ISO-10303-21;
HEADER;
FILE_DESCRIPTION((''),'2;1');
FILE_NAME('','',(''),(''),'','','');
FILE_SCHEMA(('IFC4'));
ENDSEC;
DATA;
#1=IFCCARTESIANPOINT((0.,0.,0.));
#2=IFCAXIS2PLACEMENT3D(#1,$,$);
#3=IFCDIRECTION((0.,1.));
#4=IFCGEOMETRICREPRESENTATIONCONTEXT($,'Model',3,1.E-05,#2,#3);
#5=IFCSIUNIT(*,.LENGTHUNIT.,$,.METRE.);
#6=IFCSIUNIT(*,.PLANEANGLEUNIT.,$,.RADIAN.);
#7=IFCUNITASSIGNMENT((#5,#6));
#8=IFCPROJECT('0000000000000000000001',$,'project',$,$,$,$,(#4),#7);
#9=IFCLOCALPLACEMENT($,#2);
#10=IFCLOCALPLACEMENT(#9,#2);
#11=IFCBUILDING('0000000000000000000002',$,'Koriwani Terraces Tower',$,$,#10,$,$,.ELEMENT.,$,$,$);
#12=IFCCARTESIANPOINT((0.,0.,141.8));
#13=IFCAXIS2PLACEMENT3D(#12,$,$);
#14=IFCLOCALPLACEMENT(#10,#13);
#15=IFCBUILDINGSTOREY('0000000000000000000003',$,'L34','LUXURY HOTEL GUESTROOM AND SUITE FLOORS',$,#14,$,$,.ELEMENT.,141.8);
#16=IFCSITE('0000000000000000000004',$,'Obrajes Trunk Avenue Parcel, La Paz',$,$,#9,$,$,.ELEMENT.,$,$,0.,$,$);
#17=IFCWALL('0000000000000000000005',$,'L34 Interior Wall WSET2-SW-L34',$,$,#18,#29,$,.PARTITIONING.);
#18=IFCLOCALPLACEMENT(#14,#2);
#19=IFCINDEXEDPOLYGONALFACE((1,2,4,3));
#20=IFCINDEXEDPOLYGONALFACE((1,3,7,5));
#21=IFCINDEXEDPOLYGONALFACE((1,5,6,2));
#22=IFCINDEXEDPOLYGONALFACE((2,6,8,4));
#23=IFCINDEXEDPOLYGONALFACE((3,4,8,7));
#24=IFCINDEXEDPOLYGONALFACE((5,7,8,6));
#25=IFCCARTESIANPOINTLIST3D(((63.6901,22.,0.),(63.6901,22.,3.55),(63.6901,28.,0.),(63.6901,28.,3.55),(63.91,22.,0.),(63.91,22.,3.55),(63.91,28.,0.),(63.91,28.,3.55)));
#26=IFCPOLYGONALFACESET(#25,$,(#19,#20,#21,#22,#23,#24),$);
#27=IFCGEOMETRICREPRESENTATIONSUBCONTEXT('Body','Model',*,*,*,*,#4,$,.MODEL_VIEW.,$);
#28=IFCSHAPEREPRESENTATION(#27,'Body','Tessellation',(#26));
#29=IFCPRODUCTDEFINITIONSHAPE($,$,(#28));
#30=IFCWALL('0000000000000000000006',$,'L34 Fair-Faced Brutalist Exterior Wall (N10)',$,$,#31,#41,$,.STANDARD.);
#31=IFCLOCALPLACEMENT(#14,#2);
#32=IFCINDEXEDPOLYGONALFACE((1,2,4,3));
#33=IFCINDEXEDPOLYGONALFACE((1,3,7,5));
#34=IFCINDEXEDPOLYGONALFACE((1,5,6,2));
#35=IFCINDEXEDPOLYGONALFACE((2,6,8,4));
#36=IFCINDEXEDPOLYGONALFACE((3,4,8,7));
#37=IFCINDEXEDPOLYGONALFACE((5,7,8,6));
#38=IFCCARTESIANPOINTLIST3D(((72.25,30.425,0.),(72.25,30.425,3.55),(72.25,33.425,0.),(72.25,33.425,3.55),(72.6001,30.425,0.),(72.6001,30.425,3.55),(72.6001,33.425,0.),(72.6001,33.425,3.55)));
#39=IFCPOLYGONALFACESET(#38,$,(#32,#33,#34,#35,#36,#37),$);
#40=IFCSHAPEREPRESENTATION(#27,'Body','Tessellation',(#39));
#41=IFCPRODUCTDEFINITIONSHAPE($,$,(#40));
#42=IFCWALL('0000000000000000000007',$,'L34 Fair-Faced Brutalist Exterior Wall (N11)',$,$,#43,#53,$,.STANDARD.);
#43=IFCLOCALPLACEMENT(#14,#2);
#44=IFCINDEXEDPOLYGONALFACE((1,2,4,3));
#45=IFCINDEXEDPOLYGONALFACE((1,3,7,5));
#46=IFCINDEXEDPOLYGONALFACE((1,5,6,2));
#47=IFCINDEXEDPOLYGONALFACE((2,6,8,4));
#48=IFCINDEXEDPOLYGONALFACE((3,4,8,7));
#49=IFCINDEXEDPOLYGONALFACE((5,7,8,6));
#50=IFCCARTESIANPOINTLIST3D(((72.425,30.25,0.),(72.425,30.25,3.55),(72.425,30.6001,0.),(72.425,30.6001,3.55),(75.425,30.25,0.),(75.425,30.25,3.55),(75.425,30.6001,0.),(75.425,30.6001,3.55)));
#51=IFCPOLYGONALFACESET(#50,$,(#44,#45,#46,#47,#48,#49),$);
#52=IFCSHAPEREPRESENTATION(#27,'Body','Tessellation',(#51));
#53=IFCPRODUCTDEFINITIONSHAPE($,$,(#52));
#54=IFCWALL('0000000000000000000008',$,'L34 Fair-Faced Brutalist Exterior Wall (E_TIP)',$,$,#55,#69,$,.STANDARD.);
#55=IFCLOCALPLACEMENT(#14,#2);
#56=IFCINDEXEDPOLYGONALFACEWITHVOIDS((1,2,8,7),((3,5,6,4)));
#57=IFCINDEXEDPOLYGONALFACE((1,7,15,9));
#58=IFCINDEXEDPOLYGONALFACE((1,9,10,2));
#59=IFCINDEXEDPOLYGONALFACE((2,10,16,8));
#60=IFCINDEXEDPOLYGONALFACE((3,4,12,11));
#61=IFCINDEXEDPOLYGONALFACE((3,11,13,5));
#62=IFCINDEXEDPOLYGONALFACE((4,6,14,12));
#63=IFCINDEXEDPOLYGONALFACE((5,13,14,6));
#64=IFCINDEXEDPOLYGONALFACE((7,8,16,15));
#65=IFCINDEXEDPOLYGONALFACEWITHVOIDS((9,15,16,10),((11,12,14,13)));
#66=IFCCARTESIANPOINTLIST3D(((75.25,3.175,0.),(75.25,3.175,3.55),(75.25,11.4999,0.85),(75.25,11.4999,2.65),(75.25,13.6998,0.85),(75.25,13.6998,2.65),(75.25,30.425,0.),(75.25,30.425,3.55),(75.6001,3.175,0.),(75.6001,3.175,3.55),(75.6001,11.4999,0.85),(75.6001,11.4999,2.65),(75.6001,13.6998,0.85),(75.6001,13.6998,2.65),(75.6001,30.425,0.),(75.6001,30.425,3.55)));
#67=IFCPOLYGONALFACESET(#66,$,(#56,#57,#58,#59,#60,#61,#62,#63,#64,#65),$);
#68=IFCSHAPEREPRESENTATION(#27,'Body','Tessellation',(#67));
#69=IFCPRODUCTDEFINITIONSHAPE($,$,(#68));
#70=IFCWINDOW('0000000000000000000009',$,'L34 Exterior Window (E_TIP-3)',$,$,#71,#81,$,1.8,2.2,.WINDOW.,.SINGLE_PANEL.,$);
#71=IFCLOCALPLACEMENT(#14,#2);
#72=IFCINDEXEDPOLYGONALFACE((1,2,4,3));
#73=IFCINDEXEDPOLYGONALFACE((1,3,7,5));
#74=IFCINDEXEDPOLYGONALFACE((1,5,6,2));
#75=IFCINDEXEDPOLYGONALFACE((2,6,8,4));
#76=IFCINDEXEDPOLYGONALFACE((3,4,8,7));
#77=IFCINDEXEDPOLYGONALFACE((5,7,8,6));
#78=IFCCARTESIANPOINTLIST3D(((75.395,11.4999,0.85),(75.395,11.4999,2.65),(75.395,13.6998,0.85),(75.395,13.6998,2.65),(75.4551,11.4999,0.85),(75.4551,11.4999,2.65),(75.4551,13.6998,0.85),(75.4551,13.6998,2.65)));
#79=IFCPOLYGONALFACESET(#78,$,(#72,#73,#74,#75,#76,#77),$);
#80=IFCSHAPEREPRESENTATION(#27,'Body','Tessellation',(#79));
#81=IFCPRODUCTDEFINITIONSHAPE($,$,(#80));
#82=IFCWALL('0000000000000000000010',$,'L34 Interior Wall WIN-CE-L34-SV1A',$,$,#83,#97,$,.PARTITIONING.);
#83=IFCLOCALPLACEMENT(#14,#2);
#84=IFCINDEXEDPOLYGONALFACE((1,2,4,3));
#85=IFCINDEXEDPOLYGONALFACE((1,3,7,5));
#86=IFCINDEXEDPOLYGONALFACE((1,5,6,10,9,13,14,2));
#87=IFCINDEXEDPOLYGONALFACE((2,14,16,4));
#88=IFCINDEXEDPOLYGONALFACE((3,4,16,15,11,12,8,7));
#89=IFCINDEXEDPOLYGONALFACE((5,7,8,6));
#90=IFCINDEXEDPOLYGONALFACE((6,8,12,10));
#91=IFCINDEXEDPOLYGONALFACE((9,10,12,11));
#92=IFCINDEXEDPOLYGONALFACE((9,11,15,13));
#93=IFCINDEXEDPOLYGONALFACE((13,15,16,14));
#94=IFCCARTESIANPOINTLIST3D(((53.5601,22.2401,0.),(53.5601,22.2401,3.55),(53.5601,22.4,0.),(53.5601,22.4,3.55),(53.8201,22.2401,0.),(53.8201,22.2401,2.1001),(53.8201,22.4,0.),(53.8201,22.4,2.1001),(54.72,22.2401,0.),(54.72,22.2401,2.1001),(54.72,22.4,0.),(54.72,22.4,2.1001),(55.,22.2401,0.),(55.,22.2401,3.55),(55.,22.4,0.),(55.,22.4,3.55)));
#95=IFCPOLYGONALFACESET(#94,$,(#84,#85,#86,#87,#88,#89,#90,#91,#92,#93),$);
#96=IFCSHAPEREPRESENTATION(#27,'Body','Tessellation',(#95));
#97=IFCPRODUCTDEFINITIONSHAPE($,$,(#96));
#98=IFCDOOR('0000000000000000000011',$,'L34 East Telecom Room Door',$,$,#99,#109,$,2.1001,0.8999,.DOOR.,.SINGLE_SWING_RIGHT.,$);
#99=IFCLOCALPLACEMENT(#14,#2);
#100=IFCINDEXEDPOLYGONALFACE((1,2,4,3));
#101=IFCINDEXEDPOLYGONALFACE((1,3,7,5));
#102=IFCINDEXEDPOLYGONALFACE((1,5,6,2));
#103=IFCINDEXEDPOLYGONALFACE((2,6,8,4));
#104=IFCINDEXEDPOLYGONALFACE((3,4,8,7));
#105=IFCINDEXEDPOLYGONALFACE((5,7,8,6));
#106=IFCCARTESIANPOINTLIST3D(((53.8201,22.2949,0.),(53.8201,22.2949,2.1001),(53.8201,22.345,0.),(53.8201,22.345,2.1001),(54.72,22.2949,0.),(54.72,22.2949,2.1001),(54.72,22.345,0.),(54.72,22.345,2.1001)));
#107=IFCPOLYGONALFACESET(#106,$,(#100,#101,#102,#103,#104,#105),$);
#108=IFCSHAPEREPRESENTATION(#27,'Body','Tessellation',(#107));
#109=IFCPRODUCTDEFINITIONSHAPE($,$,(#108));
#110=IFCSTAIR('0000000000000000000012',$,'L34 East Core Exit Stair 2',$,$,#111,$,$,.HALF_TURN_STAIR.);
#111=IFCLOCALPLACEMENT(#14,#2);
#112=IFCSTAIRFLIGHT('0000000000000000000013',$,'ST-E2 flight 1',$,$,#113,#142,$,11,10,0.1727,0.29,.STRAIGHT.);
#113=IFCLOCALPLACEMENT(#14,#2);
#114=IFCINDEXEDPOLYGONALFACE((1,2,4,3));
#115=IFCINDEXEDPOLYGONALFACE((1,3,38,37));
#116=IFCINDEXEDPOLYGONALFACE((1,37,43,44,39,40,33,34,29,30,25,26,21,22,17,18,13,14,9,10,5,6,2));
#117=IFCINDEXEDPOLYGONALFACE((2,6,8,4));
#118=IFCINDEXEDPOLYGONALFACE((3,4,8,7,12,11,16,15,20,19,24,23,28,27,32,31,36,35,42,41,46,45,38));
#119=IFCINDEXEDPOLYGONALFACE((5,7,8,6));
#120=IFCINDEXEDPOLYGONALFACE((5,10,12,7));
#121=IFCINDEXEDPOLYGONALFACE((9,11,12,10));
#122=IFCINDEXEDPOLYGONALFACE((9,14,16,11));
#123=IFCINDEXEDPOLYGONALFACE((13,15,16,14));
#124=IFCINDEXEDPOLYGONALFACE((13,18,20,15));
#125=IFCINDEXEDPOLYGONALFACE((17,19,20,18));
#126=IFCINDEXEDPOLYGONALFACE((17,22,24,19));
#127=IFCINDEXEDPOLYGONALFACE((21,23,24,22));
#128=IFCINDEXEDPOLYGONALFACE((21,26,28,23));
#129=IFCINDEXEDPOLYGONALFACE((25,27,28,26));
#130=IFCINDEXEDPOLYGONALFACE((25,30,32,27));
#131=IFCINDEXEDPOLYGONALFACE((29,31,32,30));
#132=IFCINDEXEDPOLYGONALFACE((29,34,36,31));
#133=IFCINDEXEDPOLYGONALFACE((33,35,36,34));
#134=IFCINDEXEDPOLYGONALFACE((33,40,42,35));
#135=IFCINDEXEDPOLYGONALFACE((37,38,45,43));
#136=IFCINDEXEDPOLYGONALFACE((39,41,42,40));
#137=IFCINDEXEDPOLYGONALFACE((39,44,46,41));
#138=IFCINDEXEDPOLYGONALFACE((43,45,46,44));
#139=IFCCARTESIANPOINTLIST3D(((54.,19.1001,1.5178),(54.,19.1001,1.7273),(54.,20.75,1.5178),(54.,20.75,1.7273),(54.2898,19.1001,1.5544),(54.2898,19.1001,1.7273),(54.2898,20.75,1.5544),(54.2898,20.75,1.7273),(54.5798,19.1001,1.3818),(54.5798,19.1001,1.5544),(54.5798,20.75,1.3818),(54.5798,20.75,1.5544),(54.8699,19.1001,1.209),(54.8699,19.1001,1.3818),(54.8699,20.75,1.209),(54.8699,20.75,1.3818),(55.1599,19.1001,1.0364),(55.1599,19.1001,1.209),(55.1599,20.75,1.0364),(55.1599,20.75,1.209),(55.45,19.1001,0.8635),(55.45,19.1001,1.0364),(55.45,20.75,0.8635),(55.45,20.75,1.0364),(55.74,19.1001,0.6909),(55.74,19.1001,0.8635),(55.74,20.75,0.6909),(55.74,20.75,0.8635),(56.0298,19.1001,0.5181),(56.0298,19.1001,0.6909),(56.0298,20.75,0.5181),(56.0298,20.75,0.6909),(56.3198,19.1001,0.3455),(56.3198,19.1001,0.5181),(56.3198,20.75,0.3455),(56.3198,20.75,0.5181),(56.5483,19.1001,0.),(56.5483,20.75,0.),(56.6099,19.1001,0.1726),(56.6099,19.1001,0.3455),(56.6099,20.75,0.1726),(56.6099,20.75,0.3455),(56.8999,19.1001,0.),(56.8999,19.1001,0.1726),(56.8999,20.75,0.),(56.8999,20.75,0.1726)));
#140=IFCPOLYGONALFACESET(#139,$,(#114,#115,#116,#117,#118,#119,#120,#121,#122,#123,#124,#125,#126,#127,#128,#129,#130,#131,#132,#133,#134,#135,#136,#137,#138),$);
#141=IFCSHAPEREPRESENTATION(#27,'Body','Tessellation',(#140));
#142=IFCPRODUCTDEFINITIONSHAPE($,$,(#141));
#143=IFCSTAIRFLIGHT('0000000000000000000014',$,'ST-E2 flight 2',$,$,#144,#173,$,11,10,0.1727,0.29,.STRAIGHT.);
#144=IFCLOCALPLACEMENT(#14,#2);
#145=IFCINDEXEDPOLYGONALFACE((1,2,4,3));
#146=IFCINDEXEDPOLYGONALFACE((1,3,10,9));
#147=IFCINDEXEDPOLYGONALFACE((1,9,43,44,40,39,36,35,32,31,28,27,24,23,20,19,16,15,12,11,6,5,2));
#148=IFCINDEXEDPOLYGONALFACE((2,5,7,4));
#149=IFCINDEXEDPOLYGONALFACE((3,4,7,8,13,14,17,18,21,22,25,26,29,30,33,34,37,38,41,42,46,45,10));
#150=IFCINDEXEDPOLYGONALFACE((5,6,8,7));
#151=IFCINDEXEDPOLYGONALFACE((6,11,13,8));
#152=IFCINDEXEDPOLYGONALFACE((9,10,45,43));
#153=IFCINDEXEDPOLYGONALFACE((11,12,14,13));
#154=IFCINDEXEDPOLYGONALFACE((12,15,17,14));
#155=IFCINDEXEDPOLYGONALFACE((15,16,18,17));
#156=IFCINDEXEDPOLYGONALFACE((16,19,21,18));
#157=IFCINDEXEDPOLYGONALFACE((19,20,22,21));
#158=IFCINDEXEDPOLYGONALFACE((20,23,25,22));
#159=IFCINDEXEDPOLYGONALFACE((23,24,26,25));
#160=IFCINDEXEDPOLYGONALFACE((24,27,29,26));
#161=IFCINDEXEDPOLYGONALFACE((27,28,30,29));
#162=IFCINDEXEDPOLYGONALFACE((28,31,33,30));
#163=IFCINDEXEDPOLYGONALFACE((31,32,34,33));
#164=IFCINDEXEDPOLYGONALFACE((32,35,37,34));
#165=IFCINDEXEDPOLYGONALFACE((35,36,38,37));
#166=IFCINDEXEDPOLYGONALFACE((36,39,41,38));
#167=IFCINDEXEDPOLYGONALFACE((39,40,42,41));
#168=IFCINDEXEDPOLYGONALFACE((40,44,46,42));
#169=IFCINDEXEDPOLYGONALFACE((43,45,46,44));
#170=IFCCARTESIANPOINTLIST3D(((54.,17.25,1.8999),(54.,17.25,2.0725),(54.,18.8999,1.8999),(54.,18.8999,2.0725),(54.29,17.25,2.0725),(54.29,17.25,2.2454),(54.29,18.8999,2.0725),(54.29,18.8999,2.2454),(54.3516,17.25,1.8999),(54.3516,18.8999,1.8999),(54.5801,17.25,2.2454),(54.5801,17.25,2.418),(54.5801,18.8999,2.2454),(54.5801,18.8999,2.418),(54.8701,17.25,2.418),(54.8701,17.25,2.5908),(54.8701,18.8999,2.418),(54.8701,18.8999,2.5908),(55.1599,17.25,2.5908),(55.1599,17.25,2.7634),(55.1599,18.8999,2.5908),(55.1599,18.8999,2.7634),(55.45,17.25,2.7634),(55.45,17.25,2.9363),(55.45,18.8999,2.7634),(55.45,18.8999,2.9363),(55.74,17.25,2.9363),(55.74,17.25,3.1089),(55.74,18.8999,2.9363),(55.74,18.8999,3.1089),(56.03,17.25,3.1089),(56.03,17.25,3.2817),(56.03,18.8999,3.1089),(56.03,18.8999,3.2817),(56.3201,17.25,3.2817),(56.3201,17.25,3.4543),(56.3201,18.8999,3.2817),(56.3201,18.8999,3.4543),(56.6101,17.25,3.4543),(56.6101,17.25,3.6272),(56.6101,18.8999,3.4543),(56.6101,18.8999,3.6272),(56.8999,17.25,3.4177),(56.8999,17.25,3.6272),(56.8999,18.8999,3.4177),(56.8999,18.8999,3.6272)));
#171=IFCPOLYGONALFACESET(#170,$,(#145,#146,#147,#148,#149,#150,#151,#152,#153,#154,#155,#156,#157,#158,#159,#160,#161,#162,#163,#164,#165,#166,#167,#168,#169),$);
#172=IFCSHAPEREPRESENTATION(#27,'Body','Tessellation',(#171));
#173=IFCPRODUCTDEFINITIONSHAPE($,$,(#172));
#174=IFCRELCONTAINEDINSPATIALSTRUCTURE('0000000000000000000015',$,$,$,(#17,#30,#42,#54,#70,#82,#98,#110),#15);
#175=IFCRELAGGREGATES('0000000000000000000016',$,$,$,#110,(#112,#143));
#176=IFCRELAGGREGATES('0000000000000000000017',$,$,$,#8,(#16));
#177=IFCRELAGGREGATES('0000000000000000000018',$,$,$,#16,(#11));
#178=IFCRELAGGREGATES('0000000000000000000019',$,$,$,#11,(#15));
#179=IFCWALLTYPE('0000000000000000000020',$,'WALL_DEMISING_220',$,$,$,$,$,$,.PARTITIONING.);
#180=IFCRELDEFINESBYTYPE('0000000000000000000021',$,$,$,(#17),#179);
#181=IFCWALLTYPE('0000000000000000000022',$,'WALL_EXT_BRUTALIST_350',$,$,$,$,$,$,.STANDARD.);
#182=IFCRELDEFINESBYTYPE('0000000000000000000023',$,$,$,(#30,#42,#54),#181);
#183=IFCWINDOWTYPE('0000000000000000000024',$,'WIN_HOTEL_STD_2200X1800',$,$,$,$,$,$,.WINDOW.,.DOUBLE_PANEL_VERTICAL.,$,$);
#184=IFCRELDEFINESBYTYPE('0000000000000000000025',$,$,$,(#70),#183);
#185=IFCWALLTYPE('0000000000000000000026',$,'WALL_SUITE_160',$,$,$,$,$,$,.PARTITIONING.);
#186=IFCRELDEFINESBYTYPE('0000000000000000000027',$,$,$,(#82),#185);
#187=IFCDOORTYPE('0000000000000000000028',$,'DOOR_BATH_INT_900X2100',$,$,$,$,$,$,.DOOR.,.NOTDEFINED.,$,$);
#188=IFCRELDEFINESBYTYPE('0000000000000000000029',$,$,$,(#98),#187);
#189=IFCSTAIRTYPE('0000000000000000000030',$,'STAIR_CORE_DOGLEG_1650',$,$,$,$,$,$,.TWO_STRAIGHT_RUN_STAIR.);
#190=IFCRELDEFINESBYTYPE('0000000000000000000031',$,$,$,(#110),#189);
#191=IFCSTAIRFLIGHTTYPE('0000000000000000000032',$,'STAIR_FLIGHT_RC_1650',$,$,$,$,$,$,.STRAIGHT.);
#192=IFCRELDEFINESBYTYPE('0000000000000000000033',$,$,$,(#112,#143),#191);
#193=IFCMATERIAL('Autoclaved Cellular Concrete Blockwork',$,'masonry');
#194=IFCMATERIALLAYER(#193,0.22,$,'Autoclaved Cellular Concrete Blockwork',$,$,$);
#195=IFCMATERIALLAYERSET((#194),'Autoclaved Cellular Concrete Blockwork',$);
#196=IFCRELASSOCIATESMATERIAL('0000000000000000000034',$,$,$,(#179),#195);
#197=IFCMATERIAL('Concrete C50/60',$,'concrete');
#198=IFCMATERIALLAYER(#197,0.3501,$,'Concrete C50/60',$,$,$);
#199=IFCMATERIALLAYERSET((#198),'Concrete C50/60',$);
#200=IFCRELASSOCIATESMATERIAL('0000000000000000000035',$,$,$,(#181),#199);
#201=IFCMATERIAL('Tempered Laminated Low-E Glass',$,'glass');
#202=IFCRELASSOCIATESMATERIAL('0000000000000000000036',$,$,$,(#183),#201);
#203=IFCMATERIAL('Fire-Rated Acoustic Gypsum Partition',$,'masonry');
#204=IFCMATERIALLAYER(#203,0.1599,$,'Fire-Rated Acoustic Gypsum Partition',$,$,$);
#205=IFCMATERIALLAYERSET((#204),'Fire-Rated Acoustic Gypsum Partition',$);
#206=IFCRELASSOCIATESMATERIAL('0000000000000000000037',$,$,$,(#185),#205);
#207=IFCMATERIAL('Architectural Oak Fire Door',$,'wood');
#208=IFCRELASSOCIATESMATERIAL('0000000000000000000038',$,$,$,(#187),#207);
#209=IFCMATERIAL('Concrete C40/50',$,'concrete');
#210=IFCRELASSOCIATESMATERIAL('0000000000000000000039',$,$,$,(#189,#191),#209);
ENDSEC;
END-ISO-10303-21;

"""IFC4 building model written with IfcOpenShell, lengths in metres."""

from ifc_helpers import new_model, si_unit, direction, frame, frame_2d, origin, place, context, subcontext, project, spatial, polyline, rectangle, outline, extrude, material, layer, layer_set, type_object, element, fill, aggregate, save


model = new_model("IFC4")

# Units and contexts
model_context = context("Model", 3, precision=1e-05, world=origin(), true_north=direction((0.0, 1.0)))
body_context = subcontext(model_context, "Body", "Model", "MODEL_VIEW")
ifc_project = project(units=[si_unit("LENGTHUNIT", "METRE"), si_unit("PLANEANGLEUNIT", "RADIAN")], contexts=[model_context])

# Site, building, storey
site_placement = place(None, origin())
site = spatial("IfcSite", under=ifc_project, at=site_placement, Name="Obrajes Trunk Avenue Parcel, La Paz", CompositionType="ELEMENT", RefElevation=0.0)
building_placement = place(site_placement, origin())
building = spatial("IfcBuilding", under=site, at=building_placement, Name="Koriwani Terraces Tower", CompositionType="ELEMENT")
storey_placement = place(building_placement, frame((0.0, 0.0, 141.8)))
storey = spatial("IfcBuildingStorey", under=building, at=storey_placement, Name="L34", Description="LUXURY HOTEL GUESTROOM AND SUITE FLOORS", CompositionType="ELEMENT", Elevation=141.8)

# Shared definitions
ifc_material_1 = material(Name="Concrete C50/60", Category="concrete")

# Walls
ifc_material_2 = material(Name="Autoclaved Cellular Concrete Blockwork", Category="masonry")
ifc_layer_1 = layer(ifc_material_2, 0.22, Name="Autoclaved Cellular Concrete Blockwork")
ifc_layer_set_1 = layer_set([ifc_layer_1], Name="Autoclaved Cellular Concrete Blockwork")
wall_type_1 = type_object("IfcWallType", Name="WALL_DEMISING_220", PredefinedType="PARTITIONING", material=ifc_layer_set_1)
wall_1_placement = place(storey_placement, frame((63.8, 22.0, 0.0), z_axis=(0.0, 0.0, 1.0), x_axis=(0.0, 1.0, 0.0)))
element("IfcWall", 1, at=wall_1_placement, inside=storey, type_object=wall_type_1, Name="L34 Interior Wall WSET2-SW-L34", PredefinedType="PARTITIONING", context=body_context, shape_type="SweptSolid", body=[
    extrude(rectangle(XDim=6.0, YDim=0.22, at=frame_2d((3.0, 0.0))), origin(), (0.0, 0.0, 1.0), 3.55),
])
ifc_layer_2 = layer(ifc_material_1, 0.3501, Name="Concrete C50/60")
ifc_layer_set_2 = layer_set([ifc_layer_2], Name="Concrete C50/60")
wall_type_2 = type_object("IfcWallType", Name="WALL_EXT_BRUTALIST_350", PredefinedType="STANDARD", material=ifc_layer_set_2)
for number, where, z_axis, x_axis, name in (
    (2, (72.425, 33.425, 0.0), (0.0, 0.0, 1.0), (0.0, -1.0, 0.0), "L34 Fair-Faced Brutalist Exterior Wall (N10)"),
    (3, (72.425, 30.425, 0.0), (0.0, 0.0, 1.0), (1.0, 0.0, 0.0), "L34 Fair-Faced Brutalist Exterior Wall (N11)"),
):
    element("IfcWall", number, at=place(storey_placement, frame(where, z_axis=z_axis, x_axis=x_axis)), inside=storey, type_object=wall_type_2, Name=name, PredefinedType="STANDARD", context=body_context, shape_type="SweptSolid", body=[
        extrude(rectangle(XDim=3.0, YDim=0.3501, at=frame_2d((1.5, 0.0))), origin(), (0.0, 0.0, 1.0), 3.55),
    ])

# Wall, opening, window
wall_2_placement = place(storey_placement, frame((75.425, 30.425, 0.0), z_axis=(0.0, 0.0, 1.0), x_axis=(0.0, -1.0, 0.0)))
wall_2 = element("IfcWall", 4, at=wall_2_placement, inside=storey, type_object=wall_type_2, Name="L34 Fair-Faced Brutalist Exterior Wall (E_TIP)", PredefinedType="STANDARD", context=body_context, shape_type="SweptSolid", body=[
    extrude(rectangle(XDim=27.25, YDim=0.3501, at=frame_2d((13.625, 0.0))), origin(), (0.0, 0.0, 1.0), 3.55),
])
opening_1_placement = place(wall_2_placement, frame((16.7251, 0.0, 0.8501)))
opening_1 = element("IfcOpeningElement", 5, at=opening_1_placement, cuts=wall_2, PredefinedType="OPENING", context=body_context, shape_type="SweptSolid", body=[
    extrude(rectangle(XDim=2.2, YDim=1.8, at=frame_2d((1.1001, 0.8999))), frame((0.0, 0.1851, 0.0), z_axis=(0.0, -1.0, 0.0), x_axis=(1.0, 0.0, 0.0)), (0.0, 0.0, 1.0), 0.3701),
])
ifc_material_3 = material(Name="Tempered Laminated Low-E Glass", Category="glass")
window_type = type_object("IfcWindowType", Name="WIN_HOTEL_STD_2200X1800", PartitioningType="DOUBLE_PANEL_VERTICAL", PredefinedType="WINDOW", material=ifc_material_3)
window_placement = place(opening_1_placement, origin())
window = element("IfcWindow", 6, at=window_placement, inside=storey, type_object=window_type, Name="L34 Exterior Window (E_TIP-3)", OverallHeight=1.8, OverallWidth=2.2, PartitioningType="SINGLE_PANEL", PredefinedType="WINDOW", context=body_context, shape_type="SweptSolid", body=[
    extrude(rectangle(XDim=2.2, YDim=1.8, at=frame_2d((1.1001, 0.8999))), frame((0.0, 0.03, 0.0), z_axis=(0.0, -1.0, 0.0), x_axis=(1.0, 0.0, 0.0)), (0.0, 0.0, 1.0), 0.0601),
])
fill(opening_1, window)

# Wall, opening, door
ifc_material_4 = material(Name="Concrete C40/50", Category="concrete")
ifc_material_5 = material(Name="Fire-Rated Acoustic Gypsum Partition", Category="masonry")
ifc_layer_3 = layer(ifc_material_5, 0.1599, Name="Fire-Rated Acoustic Gypsum Partition")
ifc_layer_set_3 = layer_set([ifc_layer_3], Name="Fire-Rated Acoustic Gypsum Partition")
wall_type_3 = type_object("IfcWallType", Name="WALL_SUITE_160", PredefinedType="PARTITIONING", material=ifc_layer_set_3)
wall_3_placement = place(storey_placement, frame((53.5601, 22.3201, 0.0), z_axis=(0.0, 0.0, 1.0), x_axis=(1.0, 0.0, 0.0)))
wall_3 = element("IfcWall", 7, at=wall_3_placement, inside=storey, type_object=wall_type_3, Name="L34 Interior Wall WIN-CE-L34-SV1A", PredefinedType="PARTITIONING", context=body_context, shape_type="SweptSolid", body=[
    extrude(rectangle(XDim=1.4399, YDim=0.1599, at=frame_2d((0.72, 0.0))), origin(), (0.0, 0.0, 1.0), 3.55),
])
opening_2_placement = place(wall_3_placement, frame((0.26, 0.0, 0.0)))
opening_2 = element("IfcOpeningElement", 8, at=opening_2_placement, cuts=wall_3, PredefinedType="OPENING", context=body_context, shape_type="SweptSolid", body=[
    extrude(rectangle(XDim=0.8999, YDim=2.1001, at=frame_2d((0.45, 1.05))), frame((0.0, 0.0898, 0.0), z_axis=(0.0, -1.0, 0.0), x_axis=(1.0, 0.0, 0.0)), (0.0, 0.0, 1.0), 0.1799),
])
ifc_material_6 = material(Name="Architectural Oak Fire Door", Category="wood")
door_type_1 = type_object("IfcDoorType", Name="DOOR_BATH_INT_900X2100", OperationType="NOTDEFINED", PredefinedType="DOOR", material=ifc_material_6)
door_1_placement = place(opening_2_placement, origin())
door_1 = element("IfcDoor", 9, at=door_1_placement, inside=storey, type_object=door_type_1, Name="L34 East Telecom Room Door", OperationType="SINGLE_SWING_RIGHT", OverallHeight=2.1001, OverallWidth=0.8999, PredefinedType="DOOR", context=body_context, shape_type="SweptSolid", body=[
    extrude(rectangle(XDim=0.8999, YDim=2.1001, at=frame_2d((0.45, 1.05))), frame((0.0, 0.0249, 0.0), z_axis=(0.0, -1.0, 0.0), x_axis=(1.0, 0.0, 0.0)), (0.0, 0.0, 1.0), 0.05),
])
fill(opening_2, door_1)

# Stair, stair flights
stair_type = type_object("IfcStairType", Name="STAIR_CORE_DOGLEG_1650", PredefinedType="TWO_STRAIGHT_RUN_STAIR", material=ifc_material_4)
stair_placement = place(storey_placement, origin())
stair = element("IfcStair", 10, at=stair_placement, inside=storey, type_object=stair_type, Name="L34 East Core Exit Stair 2", PredefinedType="HALF_TURN_STAIR")
stair_flight_type = type_object("IfcStairFlightType", Name="STAIR_FLIGHT_RC_1650", PredefinedType="STRAIGHT", material=ifc_material_4)
stair_flight_1_placement = place(storey_placement, frame((56.8999, 19.925, 0.0), z_axis=(0.0, 0.0, 1.0), x_axis=(-1.0, 0.0, 0.0)))
stair_flight_1 = element("IfcStairFlight", 11, at=stair_flight_1_placement, type_object=stair_flight_type, Name="ST-E2 flight 1", NumberOfRisers=11, NumberOfTreads=10, PredefinedType="STRAIGHT", RiserHeight=0.1727, TreadLength=0.29, context=body_context, shape_type="SweptSolid", body=[
    extrude(outline(polyline([(0.0, 0.0), (0.0, 0.1726), (0.29, 0.1726), (0.29, 0.3455), (0.5801, 0.3455), (0.5801, 0.5181), (0.8701, 0.5181), (0.8701, 0.6909), (1.1599, 0.6909), (1.1599, 0.8635), (1.45, 0.8635), (1.45, 1.0364), (1.74, 1.0364), (1.74, 1.209), (2.03, 1.209), (2.03, 1.3818), (2.3201, 1.3818), (2.3201, 1.5544), (2.6101, 1.5544), (2.6101, 1.7273), (2.8999, 1.7273), (2.8999, 1.8999), (2.8999, 1.5178), (0.3516, 0.0), (0.0, 0.0)])), frame((0.0, 0.825, 0.0), z_axis=(0.0, -1.0, 0.0), x_axis=(1.0, 0.0, 0.0)), (0.0, 0.0, 1.0), 1.6499),
])
stair_flight_2_placement = place(storey_placement, frame((54.0, 18.075, 1.8999), z_axis=(0.0, 0.0, 1.0), x_axis=(1.0, 0.0, 0.0)))
stair_flight_2 = element("IfcStairFlight", 12, at=stair_flight_2_placement, type_object=stair_flight_type, Name="ST-E2 flight 2", NumberOfRisers=11, NumberOfTreads=10, PredefinedType="STRAIGHT", RiserHeight=0.1727, TreadLength=0.29, context=body_context, shape_type="SweptSolid", body=[
    extrude(outline(polyline([(0.0, 0.0), (0.0, 0.1726), (0.29, 0.1726), (0.29, 0.3455), (0.5801, 0.3455), (0.5801, 0.5181), (0.8701, 0.5181), (0.8701, 0.6909), (1.1599, 0.6909), (1.1599, 0.8635), (1.45, 0.8635), (1.45, 1.0364), (1.74, 1.0364), (1.74, 1.209), (2.03, 1.209), (2.03, 1.3818), (2.3201, 1.3818), (2.3201, 1.5544), (2.6101, 1.5544), (2.6101, 1.7273), (2.8999, 1.7273), (2.8999, 1.8999), (2.8999, 1.5178), (0.3516, 0.0), (0.0, 0.0)])), frame((0.0, 0.825, 0.0), z_axis=(0.0, -1.0, 0.0), x_axis=(1.0, 0.0, 0.0)), (0.0, 0.0, 1.0), 1.6499),
])
aggregate(stair, [stair_flight_1, stair_flight_2])

save(model, "model.ifc")
